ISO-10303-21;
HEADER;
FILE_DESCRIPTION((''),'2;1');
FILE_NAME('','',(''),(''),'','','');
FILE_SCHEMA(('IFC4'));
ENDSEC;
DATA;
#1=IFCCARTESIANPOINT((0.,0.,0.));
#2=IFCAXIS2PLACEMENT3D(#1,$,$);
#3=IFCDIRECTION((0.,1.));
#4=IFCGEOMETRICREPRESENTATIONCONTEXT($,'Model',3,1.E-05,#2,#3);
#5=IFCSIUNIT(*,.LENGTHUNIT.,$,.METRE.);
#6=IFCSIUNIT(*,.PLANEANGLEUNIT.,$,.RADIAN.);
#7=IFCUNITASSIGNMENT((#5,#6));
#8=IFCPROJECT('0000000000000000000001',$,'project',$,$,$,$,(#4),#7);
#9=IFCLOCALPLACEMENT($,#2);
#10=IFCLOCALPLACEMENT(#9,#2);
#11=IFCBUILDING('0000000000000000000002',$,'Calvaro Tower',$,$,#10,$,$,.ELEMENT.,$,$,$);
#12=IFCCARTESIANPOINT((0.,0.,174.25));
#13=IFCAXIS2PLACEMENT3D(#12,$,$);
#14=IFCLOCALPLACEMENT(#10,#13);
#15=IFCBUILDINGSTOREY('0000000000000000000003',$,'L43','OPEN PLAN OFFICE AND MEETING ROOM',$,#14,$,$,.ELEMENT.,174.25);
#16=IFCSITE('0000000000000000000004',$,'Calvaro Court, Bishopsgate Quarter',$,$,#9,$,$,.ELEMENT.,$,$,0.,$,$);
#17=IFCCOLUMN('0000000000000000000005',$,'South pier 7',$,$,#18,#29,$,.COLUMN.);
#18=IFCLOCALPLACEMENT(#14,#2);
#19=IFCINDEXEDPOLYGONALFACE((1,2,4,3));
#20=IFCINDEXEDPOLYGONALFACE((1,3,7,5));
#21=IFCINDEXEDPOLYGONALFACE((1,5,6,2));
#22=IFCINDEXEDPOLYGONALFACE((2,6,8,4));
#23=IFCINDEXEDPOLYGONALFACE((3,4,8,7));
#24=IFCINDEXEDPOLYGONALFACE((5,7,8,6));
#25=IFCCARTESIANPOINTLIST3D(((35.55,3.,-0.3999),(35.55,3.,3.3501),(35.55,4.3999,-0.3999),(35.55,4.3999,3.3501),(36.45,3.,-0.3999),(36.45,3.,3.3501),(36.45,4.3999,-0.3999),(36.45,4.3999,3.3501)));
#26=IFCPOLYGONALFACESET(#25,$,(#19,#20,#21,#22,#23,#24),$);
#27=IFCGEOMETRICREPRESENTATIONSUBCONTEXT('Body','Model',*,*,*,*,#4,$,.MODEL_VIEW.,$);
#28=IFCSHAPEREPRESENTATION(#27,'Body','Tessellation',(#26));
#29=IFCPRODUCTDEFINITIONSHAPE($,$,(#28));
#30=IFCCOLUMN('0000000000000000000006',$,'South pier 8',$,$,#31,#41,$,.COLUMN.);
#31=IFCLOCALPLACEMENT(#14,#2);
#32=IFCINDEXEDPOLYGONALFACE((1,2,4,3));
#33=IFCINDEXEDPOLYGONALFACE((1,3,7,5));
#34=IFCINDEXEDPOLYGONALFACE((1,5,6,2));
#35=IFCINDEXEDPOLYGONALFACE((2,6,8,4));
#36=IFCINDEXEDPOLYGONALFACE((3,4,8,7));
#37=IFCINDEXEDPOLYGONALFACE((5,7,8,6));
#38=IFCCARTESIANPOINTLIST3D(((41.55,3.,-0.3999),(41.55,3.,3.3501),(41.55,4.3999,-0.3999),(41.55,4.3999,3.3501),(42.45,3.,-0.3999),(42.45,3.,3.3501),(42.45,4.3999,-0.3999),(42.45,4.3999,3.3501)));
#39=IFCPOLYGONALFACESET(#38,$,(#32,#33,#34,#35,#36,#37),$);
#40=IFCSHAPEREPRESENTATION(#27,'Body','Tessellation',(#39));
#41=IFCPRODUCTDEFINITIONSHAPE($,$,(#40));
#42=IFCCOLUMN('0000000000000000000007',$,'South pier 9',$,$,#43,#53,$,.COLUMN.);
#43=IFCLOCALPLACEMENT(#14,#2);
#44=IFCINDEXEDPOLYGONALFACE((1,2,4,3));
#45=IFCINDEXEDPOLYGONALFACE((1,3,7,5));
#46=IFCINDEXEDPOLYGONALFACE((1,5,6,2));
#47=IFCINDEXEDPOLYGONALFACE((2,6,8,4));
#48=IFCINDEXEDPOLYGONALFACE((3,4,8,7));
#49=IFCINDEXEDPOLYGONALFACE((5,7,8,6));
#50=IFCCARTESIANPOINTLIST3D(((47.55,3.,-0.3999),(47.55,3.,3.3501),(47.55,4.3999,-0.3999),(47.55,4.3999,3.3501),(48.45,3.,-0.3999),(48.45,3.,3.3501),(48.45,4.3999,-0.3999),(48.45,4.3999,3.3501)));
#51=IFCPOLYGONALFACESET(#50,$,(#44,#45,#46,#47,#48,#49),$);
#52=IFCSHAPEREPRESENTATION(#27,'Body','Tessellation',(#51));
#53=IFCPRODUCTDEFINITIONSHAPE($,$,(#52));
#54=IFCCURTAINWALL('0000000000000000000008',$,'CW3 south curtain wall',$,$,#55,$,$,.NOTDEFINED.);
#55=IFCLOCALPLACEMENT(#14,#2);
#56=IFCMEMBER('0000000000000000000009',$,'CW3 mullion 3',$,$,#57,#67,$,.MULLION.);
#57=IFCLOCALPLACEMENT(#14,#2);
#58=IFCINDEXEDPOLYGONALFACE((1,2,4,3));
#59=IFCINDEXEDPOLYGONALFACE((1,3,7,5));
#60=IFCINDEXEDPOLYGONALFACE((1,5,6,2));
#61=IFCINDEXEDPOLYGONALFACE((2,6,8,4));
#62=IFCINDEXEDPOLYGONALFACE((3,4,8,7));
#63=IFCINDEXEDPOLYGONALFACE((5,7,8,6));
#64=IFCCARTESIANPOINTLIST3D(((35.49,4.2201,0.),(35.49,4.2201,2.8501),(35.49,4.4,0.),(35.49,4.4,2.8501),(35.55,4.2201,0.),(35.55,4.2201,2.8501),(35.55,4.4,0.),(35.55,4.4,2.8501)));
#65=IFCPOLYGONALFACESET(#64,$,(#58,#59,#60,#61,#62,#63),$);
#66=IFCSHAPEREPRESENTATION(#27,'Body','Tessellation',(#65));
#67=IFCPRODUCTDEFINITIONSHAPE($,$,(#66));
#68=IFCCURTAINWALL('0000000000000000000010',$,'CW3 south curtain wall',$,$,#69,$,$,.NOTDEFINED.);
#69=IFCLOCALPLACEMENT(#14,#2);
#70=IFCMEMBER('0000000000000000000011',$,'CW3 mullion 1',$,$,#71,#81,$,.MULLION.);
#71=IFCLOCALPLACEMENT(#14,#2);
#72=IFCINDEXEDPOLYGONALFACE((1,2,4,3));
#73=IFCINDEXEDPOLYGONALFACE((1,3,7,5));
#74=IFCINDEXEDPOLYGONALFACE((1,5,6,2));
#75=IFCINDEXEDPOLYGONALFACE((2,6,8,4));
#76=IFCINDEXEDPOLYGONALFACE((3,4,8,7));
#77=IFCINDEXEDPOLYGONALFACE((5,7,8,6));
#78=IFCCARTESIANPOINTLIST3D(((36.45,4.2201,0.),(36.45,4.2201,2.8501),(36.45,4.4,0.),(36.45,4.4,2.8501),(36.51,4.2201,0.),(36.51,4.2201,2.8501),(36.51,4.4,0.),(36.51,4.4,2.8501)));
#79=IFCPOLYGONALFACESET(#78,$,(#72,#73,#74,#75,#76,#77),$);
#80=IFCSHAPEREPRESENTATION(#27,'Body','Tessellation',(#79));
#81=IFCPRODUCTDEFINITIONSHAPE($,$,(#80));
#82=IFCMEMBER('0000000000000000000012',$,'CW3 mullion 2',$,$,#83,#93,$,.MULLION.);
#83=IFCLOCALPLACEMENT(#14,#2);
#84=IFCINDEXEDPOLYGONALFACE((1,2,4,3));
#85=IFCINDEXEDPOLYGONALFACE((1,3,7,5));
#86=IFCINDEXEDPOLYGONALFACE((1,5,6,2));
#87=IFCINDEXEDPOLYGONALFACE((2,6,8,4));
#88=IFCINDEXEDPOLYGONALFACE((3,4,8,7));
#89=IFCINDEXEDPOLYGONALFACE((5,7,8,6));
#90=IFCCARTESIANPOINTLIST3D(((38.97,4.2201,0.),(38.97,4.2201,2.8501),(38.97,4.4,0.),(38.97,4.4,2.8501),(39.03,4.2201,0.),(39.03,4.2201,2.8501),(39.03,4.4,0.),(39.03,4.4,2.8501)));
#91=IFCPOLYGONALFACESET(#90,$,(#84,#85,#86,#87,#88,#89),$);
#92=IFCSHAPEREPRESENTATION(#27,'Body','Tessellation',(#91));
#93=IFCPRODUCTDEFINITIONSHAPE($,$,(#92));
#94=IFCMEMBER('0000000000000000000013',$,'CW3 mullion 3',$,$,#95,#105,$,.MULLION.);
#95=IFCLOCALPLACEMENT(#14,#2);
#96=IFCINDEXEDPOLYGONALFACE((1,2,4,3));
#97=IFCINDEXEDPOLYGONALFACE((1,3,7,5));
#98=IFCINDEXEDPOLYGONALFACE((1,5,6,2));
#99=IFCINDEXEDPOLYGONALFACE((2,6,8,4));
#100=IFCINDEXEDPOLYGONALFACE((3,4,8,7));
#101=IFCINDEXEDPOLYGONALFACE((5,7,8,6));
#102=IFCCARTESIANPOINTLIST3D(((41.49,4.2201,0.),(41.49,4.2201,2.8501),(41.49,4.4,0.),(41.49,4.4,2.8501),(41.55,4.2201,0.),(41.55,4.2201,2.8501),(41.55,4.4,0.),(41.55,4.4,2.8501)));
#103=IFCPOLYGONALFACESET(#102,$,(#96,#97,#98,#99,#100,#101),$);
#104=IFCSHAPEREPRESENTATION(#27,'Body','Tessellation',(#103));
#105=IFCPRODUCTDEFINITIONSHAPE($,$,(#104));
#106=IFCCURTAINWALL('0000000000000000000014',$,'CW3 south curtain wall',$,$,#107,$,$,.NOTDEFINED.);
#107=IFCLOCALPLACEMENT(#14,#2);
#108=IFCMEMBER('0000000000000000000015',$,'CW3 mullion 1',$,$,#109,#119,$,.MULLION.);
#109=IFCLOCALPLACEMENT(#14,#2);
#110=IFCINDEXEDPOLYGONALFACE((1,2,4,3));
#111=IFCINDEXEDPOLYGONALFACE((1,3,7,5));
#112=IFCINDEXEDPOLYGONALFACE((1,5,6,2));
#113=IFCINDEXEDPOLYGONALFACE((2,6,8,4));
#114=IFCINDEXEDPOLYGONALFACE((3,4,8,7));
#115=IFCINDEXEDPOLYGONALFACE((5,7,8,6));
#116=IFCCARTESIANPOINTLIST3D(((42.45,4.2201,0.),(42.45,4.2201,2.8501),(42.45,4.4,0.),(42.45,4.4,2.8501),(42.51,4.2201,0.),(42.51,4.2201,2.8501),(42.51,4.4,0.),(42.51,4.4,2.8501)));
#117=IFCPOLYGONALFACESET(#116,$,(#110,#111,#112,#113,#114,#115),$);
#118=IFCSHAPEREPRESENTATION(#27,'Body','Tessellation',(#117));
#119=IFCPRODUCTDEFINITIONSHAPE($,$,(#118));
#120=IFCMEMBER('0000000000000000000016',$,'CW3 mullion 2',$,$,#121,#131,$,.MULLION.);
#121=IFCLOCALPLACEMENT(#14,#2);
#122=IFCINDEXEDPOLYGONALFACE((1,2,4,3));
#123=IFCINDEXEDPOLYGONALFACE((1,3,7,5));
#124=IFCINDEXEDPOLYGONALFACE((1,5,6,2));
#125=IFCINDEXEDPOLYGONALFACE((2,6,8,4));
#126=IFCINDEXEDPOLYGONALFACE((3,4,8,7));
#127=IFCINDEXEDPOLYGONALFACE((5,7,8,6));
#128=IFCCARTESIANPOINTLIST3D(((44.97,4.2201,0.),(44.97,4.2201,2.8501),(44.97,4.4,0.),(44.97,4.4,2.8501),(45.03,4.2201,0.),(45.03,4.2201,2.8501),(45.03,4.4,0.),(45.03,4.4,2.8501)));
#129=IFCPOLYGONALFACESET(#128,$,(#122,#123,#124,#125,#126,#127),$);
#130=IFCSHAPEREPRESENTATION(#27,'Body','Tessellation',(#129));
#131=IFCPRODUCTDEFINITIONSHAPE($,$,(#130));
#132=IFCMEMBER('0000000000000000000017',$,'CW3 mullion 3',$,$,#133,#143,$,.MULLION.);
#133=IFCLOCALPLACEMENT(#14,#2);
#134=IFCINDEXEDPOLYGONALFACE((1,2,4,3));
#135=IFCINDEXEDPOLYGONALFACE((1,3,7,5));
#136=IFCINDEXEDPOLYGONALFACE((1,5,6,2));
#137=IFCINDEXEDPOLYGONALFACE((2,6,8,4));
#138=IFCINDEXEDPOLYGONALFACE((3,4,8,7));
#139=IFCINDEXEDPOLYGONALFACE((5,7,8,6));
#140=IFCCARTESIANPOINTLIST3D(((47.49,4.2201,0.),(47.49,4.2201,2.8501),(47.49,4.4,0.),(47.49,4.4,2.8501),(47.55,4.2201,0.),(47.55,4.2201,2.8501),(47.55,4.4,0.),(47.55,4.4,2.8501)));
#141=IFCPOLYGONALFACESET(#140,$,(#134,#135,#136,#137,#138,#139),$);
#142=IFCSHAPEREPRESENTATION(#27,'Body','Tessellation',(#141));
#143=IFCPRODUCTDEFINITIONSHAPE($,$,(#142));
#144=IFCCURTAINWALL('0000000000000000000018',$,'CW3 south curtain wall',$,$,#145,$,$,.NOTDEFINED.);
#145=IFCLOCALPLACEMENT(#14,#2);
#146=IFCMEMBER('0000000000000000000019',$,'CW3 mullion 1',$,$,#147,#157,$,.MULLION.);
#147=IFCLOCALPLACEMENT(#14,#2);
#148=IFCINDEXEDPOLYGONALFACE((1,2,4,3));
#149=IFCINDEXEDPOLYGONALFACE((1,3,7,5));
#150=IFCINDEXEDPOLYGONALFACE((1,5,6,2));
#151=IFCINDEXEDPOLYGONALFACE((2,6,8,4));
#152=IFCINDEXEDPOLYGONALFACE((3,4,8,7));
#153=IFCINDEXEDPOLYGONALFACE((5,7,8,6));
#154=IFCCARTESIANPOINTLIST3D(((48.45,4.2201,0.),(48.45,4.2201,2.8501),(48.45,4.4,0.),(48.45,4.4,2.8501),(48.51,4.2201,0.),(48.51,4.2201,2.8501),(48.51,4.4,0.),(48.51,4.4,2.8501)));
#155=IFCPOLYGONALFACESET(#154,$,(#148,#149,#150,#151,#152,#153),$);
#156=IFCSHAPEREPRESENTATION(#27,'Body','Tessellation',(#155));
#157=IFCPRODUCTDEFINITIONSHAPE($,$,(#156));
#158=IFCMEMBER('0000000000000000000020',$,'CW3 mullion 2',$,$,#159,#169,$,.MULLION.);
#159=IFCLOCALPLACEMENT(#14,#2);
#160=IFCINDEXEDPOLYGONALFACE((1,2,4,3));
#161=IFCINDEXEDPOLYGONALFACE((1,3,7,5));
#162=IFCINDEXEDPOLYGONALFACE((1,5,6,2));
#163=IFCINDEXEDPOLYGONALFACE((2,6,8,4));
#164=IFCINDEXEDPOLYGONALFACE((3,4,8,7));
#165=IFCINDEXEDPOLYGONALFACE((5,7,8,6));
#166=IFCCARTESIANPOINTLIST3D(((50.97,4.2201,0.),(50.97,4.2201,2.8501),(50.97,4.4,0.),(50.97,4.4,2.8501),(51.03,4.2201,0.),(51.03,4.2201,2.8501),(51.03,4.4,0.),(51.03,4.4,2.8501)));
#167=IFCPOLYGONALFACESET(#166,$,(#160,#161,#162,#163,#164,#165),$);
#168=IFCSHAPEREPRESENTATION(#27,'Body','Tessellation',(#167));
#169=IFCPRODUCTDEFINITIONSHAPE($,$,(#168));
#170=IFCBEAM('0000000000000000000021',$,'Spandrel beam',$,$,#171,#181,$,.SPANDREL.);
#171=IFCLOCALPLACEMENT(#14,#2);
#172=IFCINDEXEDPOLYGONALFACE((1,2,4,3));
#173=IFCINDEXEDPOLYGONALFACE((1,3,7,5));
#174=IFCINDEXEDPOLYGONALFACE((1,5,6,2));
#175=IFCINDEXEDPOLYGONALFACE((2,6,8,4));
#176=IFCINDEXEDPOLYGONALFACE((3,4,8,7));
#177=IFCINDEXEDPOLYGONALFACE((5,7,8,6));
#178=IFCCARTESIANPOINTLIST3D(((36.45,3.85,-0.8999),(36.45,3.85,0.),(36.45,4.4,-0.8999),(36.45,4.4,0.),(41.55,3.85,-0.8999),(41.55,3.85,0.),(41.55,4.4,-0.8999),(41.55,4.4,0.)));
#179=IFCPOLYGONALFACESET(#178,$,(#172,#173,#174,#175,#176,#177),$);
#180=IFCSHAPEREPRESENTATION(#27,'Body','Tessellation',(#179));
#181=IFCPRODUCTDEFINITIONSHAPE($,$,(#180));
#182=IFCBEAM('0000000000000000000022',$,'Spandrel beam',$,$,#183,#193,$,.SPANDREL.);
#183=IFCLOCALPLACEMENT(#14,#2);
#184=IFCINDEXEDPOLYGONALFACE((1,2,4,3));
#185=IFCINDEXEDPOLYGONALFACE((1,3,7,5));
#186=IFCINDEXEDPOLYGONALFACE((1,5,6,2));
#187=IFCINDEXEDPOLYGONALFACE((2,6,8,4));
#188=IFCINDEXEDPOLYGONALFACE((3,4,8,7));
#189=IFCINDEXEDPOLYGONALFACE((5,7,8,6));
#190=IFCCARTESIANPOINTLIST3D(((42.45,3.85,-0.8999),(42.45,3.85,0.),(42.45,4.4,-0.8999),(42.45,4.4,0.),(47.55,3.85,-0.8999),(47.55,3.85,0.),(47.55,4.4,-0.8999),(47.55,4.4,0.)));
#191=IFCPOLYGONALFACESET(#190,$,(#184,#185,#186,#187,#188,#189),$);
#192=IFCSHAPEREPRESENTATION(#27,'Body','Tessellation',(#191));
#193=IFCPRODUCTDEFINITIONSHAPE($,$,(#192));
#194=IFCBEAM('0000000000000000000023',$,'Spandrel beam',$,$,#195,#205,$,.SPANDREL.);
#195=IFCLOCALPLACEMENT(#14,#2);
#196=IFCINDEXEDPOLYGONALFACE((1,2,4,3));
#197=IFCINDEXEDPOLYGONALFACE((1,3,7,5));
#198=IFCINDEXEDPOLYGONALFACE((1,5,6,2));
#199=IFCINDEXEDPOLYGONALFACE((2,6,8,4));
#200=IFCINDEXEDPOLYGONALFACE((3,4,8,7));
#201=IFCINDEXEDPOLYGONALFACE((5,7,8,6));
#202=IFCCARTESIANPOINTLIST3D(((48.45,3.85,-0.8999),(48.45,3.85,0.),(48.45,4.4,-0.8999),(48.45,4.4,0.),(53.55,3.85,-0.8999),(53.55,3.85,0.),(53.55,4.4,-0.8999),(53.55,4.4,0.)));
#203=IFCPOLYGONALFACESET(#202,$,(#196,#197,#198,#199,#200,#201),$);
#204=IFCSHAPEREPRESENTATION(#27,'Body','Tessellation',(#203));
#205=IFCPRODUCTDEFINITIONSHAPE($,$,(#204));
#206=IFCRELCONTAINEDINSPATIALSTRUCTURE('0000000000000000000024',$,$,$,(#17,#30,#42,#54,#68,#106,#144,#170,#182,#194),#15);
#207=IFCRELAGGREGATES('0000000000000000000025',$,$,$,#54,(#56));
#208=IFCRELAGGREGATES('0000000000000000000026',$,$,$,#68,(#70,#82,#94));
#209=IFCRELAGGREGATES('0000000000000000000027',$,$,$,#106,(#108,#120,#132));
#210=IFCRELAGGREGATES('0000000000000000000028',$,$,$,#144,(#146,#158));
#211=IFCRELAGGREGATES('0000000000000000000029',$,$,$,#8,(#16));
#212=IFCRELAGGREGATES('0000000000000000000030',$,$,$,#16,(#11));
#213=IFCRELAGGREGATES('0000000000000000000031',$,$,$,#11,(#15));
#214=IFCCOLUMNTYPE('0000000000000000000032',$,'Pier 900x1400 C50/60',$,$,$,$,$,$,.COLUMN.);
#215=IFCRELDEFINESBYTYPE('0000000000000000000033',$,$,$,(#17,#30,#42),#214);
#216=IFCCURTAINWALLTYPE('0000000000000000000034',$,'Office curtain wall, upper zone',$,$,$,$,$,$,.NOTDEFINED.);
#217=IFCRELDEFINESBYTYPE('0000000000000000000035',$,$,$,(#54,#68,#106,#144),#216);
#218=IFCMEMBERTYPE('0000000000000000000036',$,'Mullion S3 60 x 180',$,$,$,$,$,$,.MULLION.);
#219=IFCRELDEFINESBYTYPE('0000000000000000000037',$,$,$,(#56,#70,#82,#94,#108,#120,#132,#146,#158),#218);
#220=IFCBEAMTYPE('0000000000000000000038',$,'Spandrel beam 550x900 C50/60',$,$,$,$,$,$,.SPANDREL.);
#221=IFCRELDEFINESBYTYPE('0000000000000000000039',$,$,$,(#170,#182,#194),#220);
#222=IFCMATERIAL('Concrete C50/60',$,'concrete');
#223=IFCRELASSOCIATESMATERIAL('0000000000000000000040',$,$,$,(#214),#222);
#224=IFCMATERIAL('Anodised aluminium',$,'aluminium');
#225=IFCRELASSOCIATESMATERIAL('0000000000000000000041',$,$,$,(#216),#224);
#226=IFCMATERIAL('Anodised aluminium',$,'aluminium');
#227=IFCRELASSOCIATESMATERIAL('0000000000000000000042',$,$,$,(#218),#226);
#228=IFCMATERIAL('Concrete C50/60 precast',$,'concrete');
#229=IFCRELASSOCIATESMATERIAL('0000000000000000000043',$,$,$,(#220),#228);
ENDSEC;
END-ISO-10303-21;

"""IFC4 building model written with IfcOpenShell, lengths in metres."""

from ifc_helpers import new_model, si_unit, direction, frame, origin, origin_2d, place, context, subcontext, project, spatial, rectangle, extrude, material, material_profile, profile_set, type_object, element, aggregate, save


model = new_model("IFC4")

# Units and contexts
model_context = context("Model", 3, precision=1e-05, world=origin(), true_north=direction((0.0, 1.0)))
body_context = subcontext(model_context, "Body", "Model", "MODEL_VIEW")
ifc_project = project(units=[si_unit("LENGTHUNIT", "METRE"), si_unit("PLANEANGLEUNIT", "RADIAN")], contexts=[model_context])

# Site, building, storey
site_placement = place(None, origin())
site = spatial("IfcSite", under=ifc_project, at=site_placement, Name="Calvaro Court, Bishopsgate Quarter", CompositionType="ELEMENT", RefElevation=0.0)
building_placement = place(site_placement, origin())
building = spatial("IfcBuilding", under=site, at=building_placement, Name="Calvaro Tower", CompositionType="ELEMENT")
storey_placement = place(building_placement, frame((0.0, 0.0, 174.25)))
storey = spatial("IfcBuildingStorey", under=building, at=storey_placement, Name="L43", Description="OPEN PLAN OFFICE AND MEETING ROOM", CompositionType="ELEMENT", Elevation=174.25)

# Columns
ifc_material_1 = material(Name="Concrete C50/60", Category="concrete")
ifc_material_profile_1 = material_profile(ifc_material_1, rectangle(XDim=0.8999, YDim=1.3999, at=origin_2d()), Name="RC 900x1400")
ifc_profile_set_1 = profile_set([ifc_material_profile_1], Name="Concrete C50/60")
column_type = type_object("IfcColumnType", Name="Pier 900x1400 C50/60", PredefinedType="COLUMN", material=ifc_profile_set_1)
for number, where, z_axis, x_axis, name in (
    (1, (36.0, 3.7, -0.3999), (0.0, 0.0, 1.0), (1.0, 0.0, 0.0), "South pier 7"),
    (2, (42.0, 3.7, -0.3999), (0.0, 0.0, 1.0), (1.0, 0.0, 0.0), "South pier 8"),
    (3, (48.0, 3.7, -0.3999), (0.0, 0.0, 1.0), (1.0, 0.0, 0.0), "South pier 9"),
):
    element("IfcColumn", number, at=place(storey_placement, frame(where, z_axis=z_axis, x_axis=x_axis)), inside=storey, type_object=column_type, Name=name, PredefinedType="COLUMN", context=body_context, shape_type="SweptSolid", body=[
        extrude(rectangle(XDim=0.8999, YDim=1.3999, at=origin_2d()), origin(), (0.0, 0.0, 1.0), 3.75),
    ])

# Curtain wall, member
ifc_material_2 = material(Name="Anodised aluminium", Category="aluminium")
curtain_wall_type = type_object("IfcCurtainWallType", Name="Office curtain wall, upper zone", PredefinedType="NOTDEFINED", material=ifc_material_2)
curtain_wall_1_placement = place(storey_placement, origin())
curtain_wall_1 = element("IfcCurtainWall", 4, at=curtain_wall_1_placement, inside=storey, type_object=curtain_wall_type, Name="CW3 south curtain wall", PredefinedType="NOTDEFINED")
ifc_material_3 = material(Name="Anodised aluminium", Category="aluminium")
ifc_material_profile_2 = material_profile(ifc_material_3, rectangle(XDim=0.1799, YDim=0.0601, at=origin_2d()), Name="Mullion S3 60 x 180")
ifc_profile_set_2 = profile_set([ifc_material_profile_2], Name="Anodised aluminium")
member_type_1 = type_object("IfcMemberType", Name="Mullion S3 60 x 180", PredefinedType="MULLION", material=ifc_profile_set_2)
member_1_placement = place(storey_placement, frame((35.52, 4.3101, 0.0), z_axis=(0.0, 0.0, 1.0), x_axis=(0.0, 1.0, 0.0)))
member_1 = element("IfcMember", 5, at=member_1_placement, type_object=member_type_1, Name="CW3 mullion 3", PredefinedType="MULLION", context=body_context, shape_type="SweptSolid", body=[
    extrude(rectangle(XDim=0.1799, YDim=0.0601, at=origin_2d()), origin(), (0.0, 0.0, 1.0), 2.8501),
])
aggregate(curtain_wall_1, [member_1])

# Curtain walls, members
curtain_wall_2_placement = place(storey_placement, origin())
curtain_wall_2 = element("IfcCurtainWall", 6, at=curtain_wall_2_placement, inside=storey, type_object=curtain_wall_type, Name="CW3 south curtain wall", PredefinedType="NOTDEFINED")
member_2_placement = place(storey_placement, frame((36.48, 4.3101, 0.0), z_axis=(0.0, 0.0, 1.0), x_axis=(0.0, 1.0, 0.0)))
member_2 = element("IfcMember", 7, at=member_2_placement, type_object=member_type_1, Name="CW3 mullion 1", PredefinedType="MULLION", context=body_context, shape_type="SweptSolid", body=[
    extrude(rectangle(XDim=0.1799, YDim=0.0601, at=origin_2d()), origin(), (0.0, 0.0, 1.0), 2.8501),
])
member_3_placement = place(storey_placement, frame((39.0, 4.3101, 0.0), z_axis=(0.0, 0.0, 1.0), x_axis=(0.0, 1.0, 0.0)))
member_3 = element("IfcMember", 8, at=member_3_placement, type_object=member_type_1, Name="CW3 mullion 2", PredefinedType="MULLION", context=body_context, shape_type="SweptSolid", body=[
    extrude(rectangle(XDim=0.1799, YDim=0.0601, at=origin_2d()), origin(), (0.0, 0.0, 1.0), 2.8501),
])
member_4_placement = place(storey_placement, frame((41.52, 4.3101, 0.0), z_axis=(0.0, 0.0, 1.0), x_axis=(0.0, 1.0, 0.0)))
member_4 = element("IfcMember", 9, at=member_4_placement, type_object=member_type_1, Name="CW3 mullion 3", PredefinedType="MULLION", context=body_context, shape_type="SweptSolid", body=[
    extrude(rectangle(XDim=0.1799, YDim=0.0601, at=origin_2d()), origin(), (0.0, 0.0, 1.0), 2.8501),
])
curtain_wall_3_placement = place(storey_placement, origin())
curtain_wall_3 = element("IfcCurtainWall", 10, at=curtain_wall_3_placement, inside=storey, type_object=curtain_wall_type, Name="CW3 south curtain wall", PredefinedType="NOTDEFINED")
member_5_placement = place(storey_placement, frame((42.48, 4.3101, 0.0), z_axis=(0.0, 0.0, 1.0), x_axis=(0.0, 1.0, 0.0)))
member_5 = element("IfcMember", 11, at=member_5_placement, type_object=member_type_1, Name="CW3 mullion 1", PredefinedType="MULLION", context=body_context, shape_type="SweptSolid", body=[
    extrude(rectangle(XDim=0.1799, YDim=0.0601, at=origin_2d()), origin(), (0.0, 0.0, 1.0), 2.8501),
])
member_6_placement = place(storey_placement, frame((45.0, 4.3101, 0.0), z_axis=(0.0, 0.0, 1.0), x_axis=(0.0, 1.0, 0.0)))
member_6 = element("IfcMember", 12, at=member_6_placement, type_object=member_type_1, Name="CW3 mullion 2", PredefinedType="MULLION", context=body_context, shape_type="SweptSolid", body=[
    extrude(rectangle(XDim=0.1799, YDim=0.0601, at=origin_2d()), origin(), (0.0, 0.0, 1.0), 2.8501),
])
member_7_placement = place(storey_placement, frame((47.52, 4.3101, 0.0), z_axis=(0.0, 0.0, 1.0), x_axis=(0.0, 1.0, 0.0)))
member_7 = element("IfcMember", 13, at=member_7_placement, type_object=member_type_1, Name="CW3 mullion 3", PredefinedType="MULLION", context=body_context, shape_type="SweptSolid", body=[
    extrude(rectangle(XDim=0.1799, YDim=0.0601, at=origin_2d()), origin(), (0.0, 0.0, 1.0), 2.8501),
])
curtain_wall_4_placement = place(storey_placement, origin())
curtain_wall_4 = element("IfcCurtainWall", 14, at=curtain_wall_4_placement, inside=storey, type_object=curtain_wall_type, Name="CW3 south curtain wall", PredefinedType="NOTDEFINED")
member_8_placement = place(storey_placement, frame((48.48, 4.3101, 0.0), z_axis=(0.0, 0.0, 1.0), x_axis=(0.0, 1.0, 0.0)))
member_8 = element("IfcMember", 15, at=member_8_placement, type_object=member_type_1, Name="CW3 mullion 1", PredefinedType="MULLION", context=body_context, shape_type="SweptSolid", body=[
    extrude(rectangle(XDim=0.1799, YDim=0.0601, at=origin_2d()), origin(), (0.0, 0.0, 1.0), 2.8501),
])
member_9_placement = place(storey_placement, frame((51.0, 4.3101, 0.0), z_axis=(0.0, 0.0, 1.0), x_axis=(0.0, 1.0, 0.0)))
member_9 = element("IfcMember", 16, at=member_9_placement, type_object=member_type_1, Name="CW3 mullion 2", PredefinedType="MULLION", context=body_context, shape_type="SweptSolid", body=[
    extrude(rectangle(XDim=0.1799, YDim=0.0601, at=origin_2d()), origin(), (0.0, 0.0, 1.0), 2.8501),
])

# Beams
ifc_material_4 = material(Name="Concrete C50/60 precast", Category="concrete")
ifc_material_profile_3 = material_profile(ifc_material_4, rectangle(XDim=0.55, YDim=0.8999, at=origin_2d()), Name="RC 550x900")
ifc_profile_set_3 = profile_set([ifc_material_profile_3], Name="Concrete C50/60 precast")
beam_type = type_object("IfcBeamType", Name="Spandrel beam 550x900 C50/60", PredefinedType="SPANDREL", material=ifc_profile_set_3)
for number, where, z_axis, x_axis, name in (
    (17, (36.45, 4.125, -0.45), (1.0, 0.0, 0.0), (0.0, 1.0, 0.0), "Spandrel beam"),
    (18, (42.45, 4.125, -0.45), (1.0, 0.0, 0.0), (0.0, 1.0, 0.0), "Spandrel beam"),
    (19, (48.45, 4.125, -0.45), (1.0, 0.0, 0.0), (0.0, 1.0, 0.0), "Spandrel beam"),
):
    element("IfcBeam", number, at=place(storey_placement, frame(where, z_axis=z_axis, x_axis=x_axis)), inside=storey, type_object=beam_type, Name=name, PredefinedType="SPANDREL", context=body_context, shape_type="SweptSolid", body=[
        extrude(rectangle(XDim=0.55, YDim=0.8999, at=origin_2d()), origin(), (0.0, 0.0, 1.0), 5.1001),
    ])

aggregate(curtain_wall_2, [member_2, member_3, member_4])
aggregate(curtain_wall_3, [member_5, member_6, member_7])
aggregate(curtain_wall_4, [member_8, member_9])

save(model, "model.ifc")
